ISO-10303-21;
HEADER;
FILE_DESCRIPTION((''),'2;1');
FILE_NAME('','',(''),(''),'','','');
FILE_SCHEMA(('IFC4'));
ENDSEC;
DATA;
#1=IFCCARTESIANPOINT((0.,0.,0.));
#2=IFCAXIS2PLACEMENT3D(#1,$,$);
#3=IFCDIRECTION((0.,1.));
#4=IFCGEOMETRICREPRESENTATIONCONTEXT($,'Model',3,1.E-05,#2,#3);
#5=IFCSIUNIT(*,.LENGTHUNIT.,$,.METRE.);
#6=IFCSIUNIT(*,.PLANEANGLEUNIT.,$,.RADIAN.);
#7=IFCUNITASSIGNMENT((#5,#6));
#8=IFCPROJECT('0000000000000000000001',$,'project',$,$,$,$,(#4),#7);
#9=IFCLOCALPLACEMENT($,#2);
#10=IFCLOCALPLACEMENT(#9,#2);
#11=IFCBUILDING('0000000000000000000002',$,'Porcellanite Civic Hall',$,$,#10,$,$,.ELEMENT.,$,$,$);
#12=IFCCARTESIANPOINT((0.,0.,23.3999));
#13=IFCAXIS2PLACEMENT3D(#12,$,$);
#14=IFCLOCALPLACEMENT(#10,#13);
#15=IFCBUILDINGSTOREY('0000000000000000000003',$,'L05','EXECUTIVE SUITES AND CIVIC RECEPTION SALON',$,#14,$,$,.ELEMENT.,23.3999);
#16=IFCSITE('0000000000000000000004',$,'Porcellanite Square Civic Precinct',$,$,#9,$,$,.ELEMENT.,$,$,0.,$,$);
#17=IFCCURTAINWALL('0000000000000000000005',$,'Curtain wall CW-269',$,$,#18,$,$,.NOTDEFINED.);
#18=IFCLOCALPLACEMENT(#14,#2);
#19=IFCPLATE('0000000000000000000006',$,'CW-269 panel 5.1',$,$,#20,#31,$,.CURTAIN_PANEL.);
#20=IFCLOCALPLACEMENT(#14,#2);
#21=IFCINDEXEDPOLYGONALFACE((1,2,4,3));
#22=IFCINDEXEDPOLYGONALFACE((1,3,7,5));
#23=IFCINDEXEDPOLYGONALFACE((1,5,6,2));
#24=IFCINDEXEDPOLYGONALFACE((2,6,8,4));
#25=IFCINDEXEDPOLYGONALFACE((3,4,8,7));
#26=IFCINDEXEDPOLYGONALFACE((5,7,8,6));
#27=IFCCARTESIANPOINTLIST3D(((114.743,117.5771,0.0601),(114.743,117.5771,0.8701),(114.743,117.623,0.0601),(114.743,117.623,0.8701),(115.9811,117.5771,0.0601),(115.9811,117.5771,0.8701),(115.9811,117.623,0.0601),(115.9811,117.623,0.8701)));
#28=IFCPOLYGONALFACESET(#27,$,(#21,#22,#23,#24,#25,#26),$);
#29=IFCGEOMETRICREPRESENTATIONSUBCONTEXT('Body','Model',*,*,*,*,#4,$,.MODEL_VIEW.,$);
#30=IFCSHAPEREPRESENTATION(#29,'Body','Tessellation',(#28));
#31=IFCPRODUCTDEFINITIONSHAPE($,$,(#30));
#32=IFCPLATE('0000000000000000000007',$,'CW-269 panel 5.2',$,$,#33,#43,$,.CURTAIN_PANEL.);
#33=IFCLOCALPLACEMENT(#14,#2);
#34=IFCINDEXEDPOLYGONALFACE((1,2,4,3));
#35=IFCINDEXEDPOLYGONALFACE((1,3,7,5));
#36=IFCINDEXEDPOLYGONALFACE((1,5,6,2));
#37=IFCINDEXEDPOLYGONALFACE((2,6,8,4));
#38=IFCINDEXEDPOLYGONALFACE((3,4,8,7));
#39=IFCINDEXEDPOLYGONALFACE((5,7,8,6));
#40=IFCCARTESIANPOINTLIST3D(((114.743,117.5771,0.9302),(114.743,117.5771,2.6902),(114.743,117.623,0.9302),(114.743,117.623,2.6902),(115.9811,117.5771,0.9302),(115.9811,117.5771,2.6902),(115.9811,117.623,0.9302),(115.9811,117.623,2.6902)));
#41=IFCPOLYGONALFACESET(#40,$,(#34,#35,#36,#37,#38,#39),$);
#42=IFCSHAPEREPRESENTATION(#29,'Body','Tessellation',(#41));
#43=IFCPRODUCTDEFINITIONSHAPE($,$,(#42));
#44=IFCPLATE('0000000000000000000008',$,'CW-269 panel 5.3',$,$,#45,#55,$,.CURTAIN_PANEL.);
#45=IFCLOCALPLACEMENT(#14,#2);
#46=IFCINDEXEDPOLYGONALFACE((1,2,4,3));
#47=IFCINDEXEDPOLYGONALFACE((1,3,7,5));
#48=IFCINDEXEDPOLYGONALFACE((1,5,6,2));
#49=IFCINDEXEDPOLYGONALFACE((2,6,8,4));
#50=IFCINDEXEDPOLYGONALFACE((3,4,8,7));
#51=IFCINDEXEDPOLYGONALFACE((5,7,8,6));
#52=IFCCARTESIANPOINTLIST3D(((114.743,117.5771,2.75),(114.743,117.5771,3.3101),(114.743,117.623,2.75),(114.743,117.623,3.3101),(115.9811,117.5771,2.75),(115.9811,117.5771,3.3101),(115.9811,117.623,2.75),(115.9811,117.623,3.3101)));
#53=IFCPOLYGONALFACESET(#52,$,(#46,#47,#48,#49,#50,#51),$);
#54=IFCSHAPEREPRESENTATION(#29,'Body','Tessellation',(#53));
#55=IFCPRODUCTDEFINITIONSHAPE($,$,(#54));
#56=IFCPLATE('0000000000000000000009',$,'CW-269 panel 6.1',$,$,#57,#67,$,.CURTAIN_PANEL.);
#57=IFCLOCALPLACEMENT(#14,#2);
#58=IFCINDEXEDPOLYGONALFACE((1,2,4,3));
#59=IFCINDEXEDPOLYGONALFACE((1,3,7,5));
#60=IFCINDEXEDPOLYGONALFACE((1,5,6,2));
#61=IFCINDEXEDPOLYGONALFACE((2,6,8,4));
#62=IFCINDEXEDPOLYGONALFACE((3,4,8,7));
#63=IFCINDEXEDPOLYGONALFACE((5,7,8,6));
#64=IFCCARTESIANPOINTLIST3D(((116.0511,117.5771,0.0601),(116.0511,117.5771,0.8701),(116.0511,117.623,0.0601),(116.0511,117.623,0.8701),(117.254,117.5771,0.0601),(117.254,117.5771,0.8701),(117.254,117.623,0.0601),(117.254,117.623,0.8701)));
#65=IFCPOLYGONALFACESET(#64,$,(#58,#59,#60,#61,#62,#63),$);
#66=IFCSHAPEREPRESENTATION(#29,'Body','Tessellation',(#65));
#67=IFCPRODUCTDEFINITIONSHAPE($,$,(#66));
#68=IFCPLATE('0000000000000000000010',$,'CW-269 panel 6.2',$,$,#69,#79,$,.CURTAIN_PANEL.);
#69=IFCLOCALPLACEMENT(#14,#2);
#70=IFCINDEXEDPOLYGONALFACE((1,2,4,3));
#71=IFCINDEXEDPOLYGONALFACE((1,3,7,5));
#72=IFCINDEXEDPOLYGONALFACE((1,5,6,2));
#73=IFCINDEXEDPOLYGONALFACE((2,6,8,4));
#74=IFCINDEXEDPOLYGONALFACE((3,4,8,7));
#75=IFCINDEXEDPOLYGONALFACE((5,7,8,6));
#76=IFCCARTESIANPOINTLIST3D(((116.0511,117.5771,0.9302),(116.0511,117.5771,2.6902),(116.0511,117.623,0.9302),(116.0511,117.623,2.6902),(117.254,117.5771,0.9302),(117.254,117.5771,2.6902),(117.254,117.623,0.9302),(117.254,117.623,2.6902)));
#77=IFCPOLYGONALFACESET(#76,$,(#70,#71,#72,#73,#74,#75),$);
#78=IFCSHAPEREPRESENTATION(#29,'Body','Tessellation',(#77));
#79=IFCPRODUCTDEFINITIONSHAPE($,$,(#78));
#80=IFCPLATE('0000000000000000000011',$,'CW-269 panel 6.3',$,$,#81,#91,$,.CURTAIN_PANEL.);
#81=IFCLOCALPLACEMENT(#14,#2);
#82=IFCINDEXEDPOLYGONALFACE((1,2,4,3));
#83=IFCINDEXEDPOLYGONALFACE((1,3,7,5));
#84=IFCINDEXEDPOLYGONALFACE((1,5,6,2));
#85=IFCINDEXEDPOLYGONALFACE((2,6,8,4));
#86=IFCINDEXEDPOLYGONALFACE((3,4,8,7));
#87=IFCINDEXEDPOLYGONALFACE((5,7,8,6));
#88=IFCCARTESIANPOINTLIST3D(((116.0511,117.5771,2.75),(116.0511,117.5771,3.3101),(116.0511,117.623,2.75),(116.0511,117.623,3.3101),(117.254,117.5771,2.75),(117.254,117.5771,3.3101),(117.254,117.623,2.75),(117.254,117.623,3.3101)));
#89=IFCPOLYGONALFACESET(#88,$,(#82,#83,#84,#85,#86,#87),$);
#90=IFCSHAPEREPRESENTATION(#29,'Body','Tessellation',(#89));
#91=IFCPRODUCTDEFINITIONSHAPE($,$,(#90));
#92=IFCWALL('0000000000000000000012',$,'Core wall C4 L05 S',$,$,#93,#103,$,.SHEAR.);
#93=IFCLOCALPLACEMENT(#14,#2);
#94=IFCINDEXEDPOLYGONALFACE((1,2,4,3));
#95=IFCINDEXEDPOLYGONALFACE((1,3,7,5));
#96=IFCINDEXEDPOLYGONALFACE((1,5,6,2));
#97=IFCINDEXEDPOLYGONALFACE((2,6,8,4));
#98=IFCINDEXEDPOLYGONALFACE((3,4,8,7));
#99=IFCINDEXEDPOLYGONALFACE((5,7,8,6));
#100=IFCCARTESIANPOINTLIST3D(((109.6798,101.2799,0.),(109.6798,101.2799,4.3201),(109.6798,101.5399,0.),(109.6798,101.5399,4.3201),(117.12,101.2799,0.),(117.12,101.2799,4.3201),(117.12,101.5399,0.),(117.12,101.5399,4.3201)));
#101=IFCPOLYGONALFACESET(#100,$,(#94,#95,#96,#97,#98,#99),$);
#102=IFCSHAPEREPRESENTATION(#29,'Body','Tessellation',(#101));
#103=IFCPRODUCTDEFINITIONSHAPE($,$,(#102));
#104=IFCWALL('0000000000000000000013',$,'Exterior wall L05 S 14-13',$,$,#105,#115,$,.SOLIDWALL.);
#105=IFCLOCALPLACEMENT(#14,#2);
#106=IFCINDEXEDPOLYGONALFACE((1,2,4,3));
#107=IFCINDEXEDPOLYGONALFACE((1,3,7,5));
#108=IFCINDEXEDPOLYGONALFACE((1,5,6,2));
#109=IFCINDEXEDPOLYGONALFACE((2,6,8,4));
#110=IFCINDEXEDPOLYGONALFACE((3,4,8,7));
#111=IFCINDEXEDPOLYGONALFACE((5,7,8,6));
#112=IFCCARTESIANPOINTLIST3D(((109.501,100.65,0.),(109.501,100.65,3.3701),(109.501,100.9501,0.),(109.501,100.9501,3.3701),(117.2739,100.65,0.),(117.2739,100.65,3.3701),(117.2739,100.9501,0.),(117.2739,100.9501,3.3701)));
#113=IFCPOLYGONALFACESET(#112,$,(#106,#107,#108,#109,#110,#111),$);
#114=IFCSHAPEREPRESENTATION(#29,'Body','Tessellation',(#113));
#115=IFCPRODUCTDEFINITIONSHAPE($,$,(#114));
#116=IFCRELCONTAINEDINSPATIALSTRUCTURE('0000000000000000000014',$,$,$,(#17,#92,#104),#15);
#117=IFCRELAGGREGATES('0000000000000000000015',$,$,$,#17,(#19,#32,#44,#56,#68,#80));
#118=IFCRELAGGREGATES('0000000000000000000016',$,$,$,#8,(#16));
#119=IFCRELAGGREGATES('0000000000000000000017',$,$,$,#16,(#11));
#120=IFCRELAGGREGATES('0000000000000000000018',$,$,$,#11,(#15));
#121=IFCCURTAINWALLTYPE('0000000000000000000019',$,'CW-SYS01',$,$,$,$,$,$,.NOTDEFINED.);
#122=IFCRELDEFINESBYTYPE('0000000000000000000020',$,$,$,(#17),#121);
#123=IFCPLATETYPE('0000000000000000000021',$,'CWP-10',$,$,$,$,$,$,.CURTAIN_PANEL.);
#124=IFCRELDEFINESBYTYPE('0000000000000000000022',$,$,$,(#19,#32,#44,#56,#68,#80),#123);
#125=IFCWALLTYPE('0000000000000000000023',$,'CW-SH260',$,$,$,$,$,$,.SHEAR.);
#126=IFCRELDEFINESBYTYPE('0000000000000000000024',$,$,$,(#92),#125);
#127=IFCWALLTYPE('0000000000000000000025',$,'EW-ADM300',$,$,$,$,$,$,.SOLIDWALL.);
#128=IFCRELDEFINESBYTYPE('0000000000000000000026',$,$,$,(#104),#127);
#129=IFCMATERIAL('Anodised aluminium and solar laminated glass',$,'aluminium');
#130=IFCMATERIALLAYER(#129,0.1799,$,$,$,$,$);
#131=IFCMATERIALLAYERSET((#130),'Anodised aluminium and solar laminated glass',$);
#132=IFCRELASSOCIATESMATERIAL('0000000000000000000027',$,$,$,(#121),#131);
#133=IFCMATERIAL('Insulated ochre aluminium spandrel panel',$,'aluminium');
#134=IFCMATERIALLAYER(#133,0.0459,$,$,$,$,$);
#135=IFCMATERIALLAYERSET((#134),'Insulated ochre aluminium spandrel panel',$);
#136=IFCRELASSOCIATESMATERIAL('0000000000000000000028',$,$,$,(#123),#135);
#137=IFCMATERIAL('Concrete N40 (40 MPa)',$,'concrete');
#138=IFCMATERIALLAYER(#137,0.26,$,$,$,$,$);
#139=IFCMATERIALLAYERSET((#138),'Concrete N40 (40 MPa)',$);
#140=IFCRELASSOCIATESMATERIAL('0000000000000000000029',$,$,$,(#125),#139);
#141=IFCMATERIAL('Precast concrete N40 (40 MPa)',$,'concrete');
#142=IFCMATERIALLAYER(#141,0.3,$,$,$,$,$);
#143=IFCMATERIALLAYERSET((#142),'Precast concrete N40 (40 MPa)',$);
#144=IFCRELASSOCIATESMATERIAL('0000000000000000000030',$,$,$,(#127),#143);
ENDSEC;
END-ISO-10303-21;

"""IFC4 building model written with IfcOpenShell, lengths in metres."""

from ifc_helpers import new_model, si_unit, direction, frame, frame_2d, origin, origin_2d, place, context, subcontext, project, spatial, rectangle, extrude, material, layer, layer_set, type_object, element, aggregate, save


model = new_model("IFC4")

# Units and contexts
model_context = context("Model", 3, precision=1e-05, world=origin(), true_north=direction((0.0, 1.0)))
body_context = subcontext(model_context, "Body", "Model", "MODEL_VIEW")
ifc_project = project(units=[si_unit("LENGTHUNIT", "METRE"), si_unit("PLANEANGLEUNIT", "RADIAN")], contexts=[model_context])

# Site, building, storey
site_placement = place(None, origin())
site = spatial("IfcSite", under=ifc_project, at=site_placement, Name="Porcellanite Square Civic Precinct", CompositionType="ELEMENT", RefElevation=0.0)
building_placement = place(site_placement, origin())
building = spatial("IfcBuilding", under=site, at=building_placement, Name="Porcellanite Civic Hall", CompositionType="ELEMENT")
storey_placement = place(building_placement, frame((0.0, 0.0, 23.3999)))
storey = spatial("IfcBuildingStorey", under=building, at=storey_placement, Name="L05", Description="EXECUTIVE SUITES AND CIVIC RECEPTION SALON", CompositionType="ELEMENT", Elevation=23.3999)

# Curtain wall, plates
ifc_material_1 = material(Name="Anodised aluminium and solar laminated glass", Category="aluminium")
ifc_layer_1 = layer(ifc_material_1, 0.1799)
ifc_layer_set_1 = layer_set([ifc_layer_1], Name="Anodised aluminium and solar laminated glass")
curtain_wall_type = type_object("IfcCurtainWallType", Name="CW-SYS01", PredefinedType="NOTDEFINED", material=ifc_layer_set_1)
curtain_wall_placement = place(storey_placement, origin())
curtain_wall = element("IfcCurtainWall", 1, at=curtain_wall_placement, inside=storey, type_object=curtain_wall_type, Name="Curtain wall CW-269", PredefinedType="NOTDEFINED")
ifc_material_2 = material(Name="Insulated ochre aluminium spandrel panel", Category="aluminium")
ifc_layer_2 = layer(ifc_material_2, 0.0459)
ifc_layer_set_2 = layer_set([ifc_layer_2], Name="Insulated ochre aluminium spandrel panel")
plate_type = type_object("IfcPlateType", Name="CWP-10", PredefinedType="CURTAIN_PANEL", material=ifc_layer_set_2)
plate_1_placement = place(storey_placement, frame((115.3621, 117.6001, 0.0601), z_axis=(0.0, 0.0, 1.0), x_axis=(1.0, 0.0, 0.0)))
plate_1 = element("IfcPlate", 2, at=plate_1_placement, type_object=plate_type, Name="CW-269 panel 5.1", PredefinedType="CURTAIN_PANEL", context=body_context, shape_type="SweptSolid", body=[
    extrude(rectangle(XDim=1.238, YDim=0.0459, at=origin_2d()), origin(), (0.0, 0.0, 1.0), 0.8101),
])
plate_2_placement = place(storey_placement, frame((115.3621, 117.6001, 0.9302), z_axis=(0.0, 0.0, 1.0), x_axis=(1.0, 0.0, 0.0)))
plate_2 = element("IfcPlate", 3, at=plate_2_placement, type_object=plate_type, Name="CW-269 panel 5.2", PredefinedType="CURTAIN_PANEL", context=body_context, shape_type="SweptSolid", body=[
    extrude(rectangle(XDim=1.238, YDim=0.0459, at=origin_2d()), origin(), (0.0, 0.0, 1.0), 1.76),
])
plate_3_placement = place(storey_placement, frame((115.3621, 117.6001, 2.75), z_axis=(0.0, 0.0, 1.0), x_axis=(1.0, 0.0, 0.0)))
plate_3 = element("IfcPlate", 4, at=plate_3_placement, type_object=plate_type, Name="CW-269 panel 5.3", PredefinedType="CURTAIN_PANEL", context=body_context, shape_type="SweptSolid", body=[
    extrude(rectangle(XDim=1.238, YDim=0.0459, at=origin_2d()), origin(), (0.0, 0.0, 1.0), 0.5601),
])
plate_4_placement = place(storey_placement, frame((116.6526, 117.6001, 0.0601), z_axis=(0.0, 0.0, 1.0), x_axis=(1.0, 0.0, 0.0)))
plate_4 = element("IfcPlate", 5, at=plate_4_placement, type_object=plate_type, Name="CW-269 panel 6.1", PredefinedType="CURTAIN_PANEL", context=body_context, shape_type="SweptSolid", body=[
    extrude(rectangle(XDim=1.2029, YDim=0.0459, at=origin_2d()), origin(), (0.0, 0.0, 1.0), 0.8101),
])
plate_5_placement = place(storey_placement, frame((116.6526, 117.6001, 0.9302), z_axis=(0.0, 0.0, 1.0), x_axis=(1.0, 0.0, 0.0)))
plate_5 = element("IfcPlate", 6, at=plate_5_placement, type_object=plate_type, Name="CW-269 panel 6.2", PredefinedType="CURTAIN_PANEL", context=body_context, shape_type="SweptSolid", body=[
    extrude(rectangle(XDim=1.2029, YDim=0.0459, at=origin_2d()), origin(), (0.0, 0.0, 1.0), 1.76),
])
plate_6_placement = place(storey_placement, frame((116.6526, 117.6001, 2.75), z_axis=(0.0, 0.0, 1.0), x_axis=(1.0, 0.0, 0.0)))
plate_6 = element("IfcPlate", 7, at=plate_6_placement, type_object=plate_type, Name="CW-269 panel 6.3", PredefinedType="CURTAIN_PANEL", context=body_context, shape_type="SweptSolid", body=[
    extrude(rectangle(XDim=1.2029, YDim=0.0459, at=origin_2d()), origin(), (0.0, 0.0, 1.0), 0.5601),
])
aggregate(curtain_wall, [plate_1, plate_2, plate_3, plate_4, plate_5, plate_6])

# Wall
ifc_material_3 = material(Name="Concrete N40 (40 MPa)", Category="concrete")
ifc_layer_3 = layer(ifc_material_3, 0.26)
ifc_layer_set_3 = layer_set([ifc_layer_3], Name="Concrete N40 (40 MPa)")
wall_type_1 = type_object("IfcWallType", Name="CW-SH260", PredefinedType="SHEAR", material=ifc_layer_set_3)
wall_1_placement = place(storey_placement, frame((117.1201, 101.4099, 0.0), z_axis=(0.0, 0.0, 1.0), x_axis=(-1.0, 0.0, 0.0)))
element("IfcWall", 8, at=wall_1_placement, inside=storey, type_object=wall_type_1, Name="Core wall C4 L05 S", PredefinedType="SHEAR", context=body_context, shape_type="SweptSolid", body=[
    extrude(rectangle(XDim=7.4402, YDim=0.26, at=frame_2d((3.7202, 0.0))), origin(), (0.0, 0.0, 1.0), 4.3201),
])

# Wall
ifc_material_4 = material(Name="Precast concrete N40 (40 MPa)", Category="concrete")
ifc_layer_4 = layer(ifc_material_4, 0.3)
ifc_layer_set_4 = layer_set([ifc_layer_4], Name="Precast concrete N40 (40 MPa)")
wall_type_2 = type_object("IfcWallType", Name="EW-ADM300", PredefinedType="SOLIDWALL", material=ifc_layer_set_4)
wall_2_placement = place(storey_placement, frame((117.2739, 100.8, 0.0), z_axis=(0.0, 0.0, 1.0), x_axis=(-1.0, 0.0, 0.0)))
element("IfcWall", 9, at=wall_2_placement, inside=storey, type_object=wall_type_2, Name="Exterior wall L05 S 14-13", PredefinedType="SOLIDWALL", context=body_context, shape_type="SweptSolid", body=[
    extrude(rectangle(XDim=7.7729, YDim=0.3, at=frame_2d((3.8865, 0.0))), origin(), (0.0, 0.0, 1.0), 3.3701),
])

save(model, "model.ifc")
